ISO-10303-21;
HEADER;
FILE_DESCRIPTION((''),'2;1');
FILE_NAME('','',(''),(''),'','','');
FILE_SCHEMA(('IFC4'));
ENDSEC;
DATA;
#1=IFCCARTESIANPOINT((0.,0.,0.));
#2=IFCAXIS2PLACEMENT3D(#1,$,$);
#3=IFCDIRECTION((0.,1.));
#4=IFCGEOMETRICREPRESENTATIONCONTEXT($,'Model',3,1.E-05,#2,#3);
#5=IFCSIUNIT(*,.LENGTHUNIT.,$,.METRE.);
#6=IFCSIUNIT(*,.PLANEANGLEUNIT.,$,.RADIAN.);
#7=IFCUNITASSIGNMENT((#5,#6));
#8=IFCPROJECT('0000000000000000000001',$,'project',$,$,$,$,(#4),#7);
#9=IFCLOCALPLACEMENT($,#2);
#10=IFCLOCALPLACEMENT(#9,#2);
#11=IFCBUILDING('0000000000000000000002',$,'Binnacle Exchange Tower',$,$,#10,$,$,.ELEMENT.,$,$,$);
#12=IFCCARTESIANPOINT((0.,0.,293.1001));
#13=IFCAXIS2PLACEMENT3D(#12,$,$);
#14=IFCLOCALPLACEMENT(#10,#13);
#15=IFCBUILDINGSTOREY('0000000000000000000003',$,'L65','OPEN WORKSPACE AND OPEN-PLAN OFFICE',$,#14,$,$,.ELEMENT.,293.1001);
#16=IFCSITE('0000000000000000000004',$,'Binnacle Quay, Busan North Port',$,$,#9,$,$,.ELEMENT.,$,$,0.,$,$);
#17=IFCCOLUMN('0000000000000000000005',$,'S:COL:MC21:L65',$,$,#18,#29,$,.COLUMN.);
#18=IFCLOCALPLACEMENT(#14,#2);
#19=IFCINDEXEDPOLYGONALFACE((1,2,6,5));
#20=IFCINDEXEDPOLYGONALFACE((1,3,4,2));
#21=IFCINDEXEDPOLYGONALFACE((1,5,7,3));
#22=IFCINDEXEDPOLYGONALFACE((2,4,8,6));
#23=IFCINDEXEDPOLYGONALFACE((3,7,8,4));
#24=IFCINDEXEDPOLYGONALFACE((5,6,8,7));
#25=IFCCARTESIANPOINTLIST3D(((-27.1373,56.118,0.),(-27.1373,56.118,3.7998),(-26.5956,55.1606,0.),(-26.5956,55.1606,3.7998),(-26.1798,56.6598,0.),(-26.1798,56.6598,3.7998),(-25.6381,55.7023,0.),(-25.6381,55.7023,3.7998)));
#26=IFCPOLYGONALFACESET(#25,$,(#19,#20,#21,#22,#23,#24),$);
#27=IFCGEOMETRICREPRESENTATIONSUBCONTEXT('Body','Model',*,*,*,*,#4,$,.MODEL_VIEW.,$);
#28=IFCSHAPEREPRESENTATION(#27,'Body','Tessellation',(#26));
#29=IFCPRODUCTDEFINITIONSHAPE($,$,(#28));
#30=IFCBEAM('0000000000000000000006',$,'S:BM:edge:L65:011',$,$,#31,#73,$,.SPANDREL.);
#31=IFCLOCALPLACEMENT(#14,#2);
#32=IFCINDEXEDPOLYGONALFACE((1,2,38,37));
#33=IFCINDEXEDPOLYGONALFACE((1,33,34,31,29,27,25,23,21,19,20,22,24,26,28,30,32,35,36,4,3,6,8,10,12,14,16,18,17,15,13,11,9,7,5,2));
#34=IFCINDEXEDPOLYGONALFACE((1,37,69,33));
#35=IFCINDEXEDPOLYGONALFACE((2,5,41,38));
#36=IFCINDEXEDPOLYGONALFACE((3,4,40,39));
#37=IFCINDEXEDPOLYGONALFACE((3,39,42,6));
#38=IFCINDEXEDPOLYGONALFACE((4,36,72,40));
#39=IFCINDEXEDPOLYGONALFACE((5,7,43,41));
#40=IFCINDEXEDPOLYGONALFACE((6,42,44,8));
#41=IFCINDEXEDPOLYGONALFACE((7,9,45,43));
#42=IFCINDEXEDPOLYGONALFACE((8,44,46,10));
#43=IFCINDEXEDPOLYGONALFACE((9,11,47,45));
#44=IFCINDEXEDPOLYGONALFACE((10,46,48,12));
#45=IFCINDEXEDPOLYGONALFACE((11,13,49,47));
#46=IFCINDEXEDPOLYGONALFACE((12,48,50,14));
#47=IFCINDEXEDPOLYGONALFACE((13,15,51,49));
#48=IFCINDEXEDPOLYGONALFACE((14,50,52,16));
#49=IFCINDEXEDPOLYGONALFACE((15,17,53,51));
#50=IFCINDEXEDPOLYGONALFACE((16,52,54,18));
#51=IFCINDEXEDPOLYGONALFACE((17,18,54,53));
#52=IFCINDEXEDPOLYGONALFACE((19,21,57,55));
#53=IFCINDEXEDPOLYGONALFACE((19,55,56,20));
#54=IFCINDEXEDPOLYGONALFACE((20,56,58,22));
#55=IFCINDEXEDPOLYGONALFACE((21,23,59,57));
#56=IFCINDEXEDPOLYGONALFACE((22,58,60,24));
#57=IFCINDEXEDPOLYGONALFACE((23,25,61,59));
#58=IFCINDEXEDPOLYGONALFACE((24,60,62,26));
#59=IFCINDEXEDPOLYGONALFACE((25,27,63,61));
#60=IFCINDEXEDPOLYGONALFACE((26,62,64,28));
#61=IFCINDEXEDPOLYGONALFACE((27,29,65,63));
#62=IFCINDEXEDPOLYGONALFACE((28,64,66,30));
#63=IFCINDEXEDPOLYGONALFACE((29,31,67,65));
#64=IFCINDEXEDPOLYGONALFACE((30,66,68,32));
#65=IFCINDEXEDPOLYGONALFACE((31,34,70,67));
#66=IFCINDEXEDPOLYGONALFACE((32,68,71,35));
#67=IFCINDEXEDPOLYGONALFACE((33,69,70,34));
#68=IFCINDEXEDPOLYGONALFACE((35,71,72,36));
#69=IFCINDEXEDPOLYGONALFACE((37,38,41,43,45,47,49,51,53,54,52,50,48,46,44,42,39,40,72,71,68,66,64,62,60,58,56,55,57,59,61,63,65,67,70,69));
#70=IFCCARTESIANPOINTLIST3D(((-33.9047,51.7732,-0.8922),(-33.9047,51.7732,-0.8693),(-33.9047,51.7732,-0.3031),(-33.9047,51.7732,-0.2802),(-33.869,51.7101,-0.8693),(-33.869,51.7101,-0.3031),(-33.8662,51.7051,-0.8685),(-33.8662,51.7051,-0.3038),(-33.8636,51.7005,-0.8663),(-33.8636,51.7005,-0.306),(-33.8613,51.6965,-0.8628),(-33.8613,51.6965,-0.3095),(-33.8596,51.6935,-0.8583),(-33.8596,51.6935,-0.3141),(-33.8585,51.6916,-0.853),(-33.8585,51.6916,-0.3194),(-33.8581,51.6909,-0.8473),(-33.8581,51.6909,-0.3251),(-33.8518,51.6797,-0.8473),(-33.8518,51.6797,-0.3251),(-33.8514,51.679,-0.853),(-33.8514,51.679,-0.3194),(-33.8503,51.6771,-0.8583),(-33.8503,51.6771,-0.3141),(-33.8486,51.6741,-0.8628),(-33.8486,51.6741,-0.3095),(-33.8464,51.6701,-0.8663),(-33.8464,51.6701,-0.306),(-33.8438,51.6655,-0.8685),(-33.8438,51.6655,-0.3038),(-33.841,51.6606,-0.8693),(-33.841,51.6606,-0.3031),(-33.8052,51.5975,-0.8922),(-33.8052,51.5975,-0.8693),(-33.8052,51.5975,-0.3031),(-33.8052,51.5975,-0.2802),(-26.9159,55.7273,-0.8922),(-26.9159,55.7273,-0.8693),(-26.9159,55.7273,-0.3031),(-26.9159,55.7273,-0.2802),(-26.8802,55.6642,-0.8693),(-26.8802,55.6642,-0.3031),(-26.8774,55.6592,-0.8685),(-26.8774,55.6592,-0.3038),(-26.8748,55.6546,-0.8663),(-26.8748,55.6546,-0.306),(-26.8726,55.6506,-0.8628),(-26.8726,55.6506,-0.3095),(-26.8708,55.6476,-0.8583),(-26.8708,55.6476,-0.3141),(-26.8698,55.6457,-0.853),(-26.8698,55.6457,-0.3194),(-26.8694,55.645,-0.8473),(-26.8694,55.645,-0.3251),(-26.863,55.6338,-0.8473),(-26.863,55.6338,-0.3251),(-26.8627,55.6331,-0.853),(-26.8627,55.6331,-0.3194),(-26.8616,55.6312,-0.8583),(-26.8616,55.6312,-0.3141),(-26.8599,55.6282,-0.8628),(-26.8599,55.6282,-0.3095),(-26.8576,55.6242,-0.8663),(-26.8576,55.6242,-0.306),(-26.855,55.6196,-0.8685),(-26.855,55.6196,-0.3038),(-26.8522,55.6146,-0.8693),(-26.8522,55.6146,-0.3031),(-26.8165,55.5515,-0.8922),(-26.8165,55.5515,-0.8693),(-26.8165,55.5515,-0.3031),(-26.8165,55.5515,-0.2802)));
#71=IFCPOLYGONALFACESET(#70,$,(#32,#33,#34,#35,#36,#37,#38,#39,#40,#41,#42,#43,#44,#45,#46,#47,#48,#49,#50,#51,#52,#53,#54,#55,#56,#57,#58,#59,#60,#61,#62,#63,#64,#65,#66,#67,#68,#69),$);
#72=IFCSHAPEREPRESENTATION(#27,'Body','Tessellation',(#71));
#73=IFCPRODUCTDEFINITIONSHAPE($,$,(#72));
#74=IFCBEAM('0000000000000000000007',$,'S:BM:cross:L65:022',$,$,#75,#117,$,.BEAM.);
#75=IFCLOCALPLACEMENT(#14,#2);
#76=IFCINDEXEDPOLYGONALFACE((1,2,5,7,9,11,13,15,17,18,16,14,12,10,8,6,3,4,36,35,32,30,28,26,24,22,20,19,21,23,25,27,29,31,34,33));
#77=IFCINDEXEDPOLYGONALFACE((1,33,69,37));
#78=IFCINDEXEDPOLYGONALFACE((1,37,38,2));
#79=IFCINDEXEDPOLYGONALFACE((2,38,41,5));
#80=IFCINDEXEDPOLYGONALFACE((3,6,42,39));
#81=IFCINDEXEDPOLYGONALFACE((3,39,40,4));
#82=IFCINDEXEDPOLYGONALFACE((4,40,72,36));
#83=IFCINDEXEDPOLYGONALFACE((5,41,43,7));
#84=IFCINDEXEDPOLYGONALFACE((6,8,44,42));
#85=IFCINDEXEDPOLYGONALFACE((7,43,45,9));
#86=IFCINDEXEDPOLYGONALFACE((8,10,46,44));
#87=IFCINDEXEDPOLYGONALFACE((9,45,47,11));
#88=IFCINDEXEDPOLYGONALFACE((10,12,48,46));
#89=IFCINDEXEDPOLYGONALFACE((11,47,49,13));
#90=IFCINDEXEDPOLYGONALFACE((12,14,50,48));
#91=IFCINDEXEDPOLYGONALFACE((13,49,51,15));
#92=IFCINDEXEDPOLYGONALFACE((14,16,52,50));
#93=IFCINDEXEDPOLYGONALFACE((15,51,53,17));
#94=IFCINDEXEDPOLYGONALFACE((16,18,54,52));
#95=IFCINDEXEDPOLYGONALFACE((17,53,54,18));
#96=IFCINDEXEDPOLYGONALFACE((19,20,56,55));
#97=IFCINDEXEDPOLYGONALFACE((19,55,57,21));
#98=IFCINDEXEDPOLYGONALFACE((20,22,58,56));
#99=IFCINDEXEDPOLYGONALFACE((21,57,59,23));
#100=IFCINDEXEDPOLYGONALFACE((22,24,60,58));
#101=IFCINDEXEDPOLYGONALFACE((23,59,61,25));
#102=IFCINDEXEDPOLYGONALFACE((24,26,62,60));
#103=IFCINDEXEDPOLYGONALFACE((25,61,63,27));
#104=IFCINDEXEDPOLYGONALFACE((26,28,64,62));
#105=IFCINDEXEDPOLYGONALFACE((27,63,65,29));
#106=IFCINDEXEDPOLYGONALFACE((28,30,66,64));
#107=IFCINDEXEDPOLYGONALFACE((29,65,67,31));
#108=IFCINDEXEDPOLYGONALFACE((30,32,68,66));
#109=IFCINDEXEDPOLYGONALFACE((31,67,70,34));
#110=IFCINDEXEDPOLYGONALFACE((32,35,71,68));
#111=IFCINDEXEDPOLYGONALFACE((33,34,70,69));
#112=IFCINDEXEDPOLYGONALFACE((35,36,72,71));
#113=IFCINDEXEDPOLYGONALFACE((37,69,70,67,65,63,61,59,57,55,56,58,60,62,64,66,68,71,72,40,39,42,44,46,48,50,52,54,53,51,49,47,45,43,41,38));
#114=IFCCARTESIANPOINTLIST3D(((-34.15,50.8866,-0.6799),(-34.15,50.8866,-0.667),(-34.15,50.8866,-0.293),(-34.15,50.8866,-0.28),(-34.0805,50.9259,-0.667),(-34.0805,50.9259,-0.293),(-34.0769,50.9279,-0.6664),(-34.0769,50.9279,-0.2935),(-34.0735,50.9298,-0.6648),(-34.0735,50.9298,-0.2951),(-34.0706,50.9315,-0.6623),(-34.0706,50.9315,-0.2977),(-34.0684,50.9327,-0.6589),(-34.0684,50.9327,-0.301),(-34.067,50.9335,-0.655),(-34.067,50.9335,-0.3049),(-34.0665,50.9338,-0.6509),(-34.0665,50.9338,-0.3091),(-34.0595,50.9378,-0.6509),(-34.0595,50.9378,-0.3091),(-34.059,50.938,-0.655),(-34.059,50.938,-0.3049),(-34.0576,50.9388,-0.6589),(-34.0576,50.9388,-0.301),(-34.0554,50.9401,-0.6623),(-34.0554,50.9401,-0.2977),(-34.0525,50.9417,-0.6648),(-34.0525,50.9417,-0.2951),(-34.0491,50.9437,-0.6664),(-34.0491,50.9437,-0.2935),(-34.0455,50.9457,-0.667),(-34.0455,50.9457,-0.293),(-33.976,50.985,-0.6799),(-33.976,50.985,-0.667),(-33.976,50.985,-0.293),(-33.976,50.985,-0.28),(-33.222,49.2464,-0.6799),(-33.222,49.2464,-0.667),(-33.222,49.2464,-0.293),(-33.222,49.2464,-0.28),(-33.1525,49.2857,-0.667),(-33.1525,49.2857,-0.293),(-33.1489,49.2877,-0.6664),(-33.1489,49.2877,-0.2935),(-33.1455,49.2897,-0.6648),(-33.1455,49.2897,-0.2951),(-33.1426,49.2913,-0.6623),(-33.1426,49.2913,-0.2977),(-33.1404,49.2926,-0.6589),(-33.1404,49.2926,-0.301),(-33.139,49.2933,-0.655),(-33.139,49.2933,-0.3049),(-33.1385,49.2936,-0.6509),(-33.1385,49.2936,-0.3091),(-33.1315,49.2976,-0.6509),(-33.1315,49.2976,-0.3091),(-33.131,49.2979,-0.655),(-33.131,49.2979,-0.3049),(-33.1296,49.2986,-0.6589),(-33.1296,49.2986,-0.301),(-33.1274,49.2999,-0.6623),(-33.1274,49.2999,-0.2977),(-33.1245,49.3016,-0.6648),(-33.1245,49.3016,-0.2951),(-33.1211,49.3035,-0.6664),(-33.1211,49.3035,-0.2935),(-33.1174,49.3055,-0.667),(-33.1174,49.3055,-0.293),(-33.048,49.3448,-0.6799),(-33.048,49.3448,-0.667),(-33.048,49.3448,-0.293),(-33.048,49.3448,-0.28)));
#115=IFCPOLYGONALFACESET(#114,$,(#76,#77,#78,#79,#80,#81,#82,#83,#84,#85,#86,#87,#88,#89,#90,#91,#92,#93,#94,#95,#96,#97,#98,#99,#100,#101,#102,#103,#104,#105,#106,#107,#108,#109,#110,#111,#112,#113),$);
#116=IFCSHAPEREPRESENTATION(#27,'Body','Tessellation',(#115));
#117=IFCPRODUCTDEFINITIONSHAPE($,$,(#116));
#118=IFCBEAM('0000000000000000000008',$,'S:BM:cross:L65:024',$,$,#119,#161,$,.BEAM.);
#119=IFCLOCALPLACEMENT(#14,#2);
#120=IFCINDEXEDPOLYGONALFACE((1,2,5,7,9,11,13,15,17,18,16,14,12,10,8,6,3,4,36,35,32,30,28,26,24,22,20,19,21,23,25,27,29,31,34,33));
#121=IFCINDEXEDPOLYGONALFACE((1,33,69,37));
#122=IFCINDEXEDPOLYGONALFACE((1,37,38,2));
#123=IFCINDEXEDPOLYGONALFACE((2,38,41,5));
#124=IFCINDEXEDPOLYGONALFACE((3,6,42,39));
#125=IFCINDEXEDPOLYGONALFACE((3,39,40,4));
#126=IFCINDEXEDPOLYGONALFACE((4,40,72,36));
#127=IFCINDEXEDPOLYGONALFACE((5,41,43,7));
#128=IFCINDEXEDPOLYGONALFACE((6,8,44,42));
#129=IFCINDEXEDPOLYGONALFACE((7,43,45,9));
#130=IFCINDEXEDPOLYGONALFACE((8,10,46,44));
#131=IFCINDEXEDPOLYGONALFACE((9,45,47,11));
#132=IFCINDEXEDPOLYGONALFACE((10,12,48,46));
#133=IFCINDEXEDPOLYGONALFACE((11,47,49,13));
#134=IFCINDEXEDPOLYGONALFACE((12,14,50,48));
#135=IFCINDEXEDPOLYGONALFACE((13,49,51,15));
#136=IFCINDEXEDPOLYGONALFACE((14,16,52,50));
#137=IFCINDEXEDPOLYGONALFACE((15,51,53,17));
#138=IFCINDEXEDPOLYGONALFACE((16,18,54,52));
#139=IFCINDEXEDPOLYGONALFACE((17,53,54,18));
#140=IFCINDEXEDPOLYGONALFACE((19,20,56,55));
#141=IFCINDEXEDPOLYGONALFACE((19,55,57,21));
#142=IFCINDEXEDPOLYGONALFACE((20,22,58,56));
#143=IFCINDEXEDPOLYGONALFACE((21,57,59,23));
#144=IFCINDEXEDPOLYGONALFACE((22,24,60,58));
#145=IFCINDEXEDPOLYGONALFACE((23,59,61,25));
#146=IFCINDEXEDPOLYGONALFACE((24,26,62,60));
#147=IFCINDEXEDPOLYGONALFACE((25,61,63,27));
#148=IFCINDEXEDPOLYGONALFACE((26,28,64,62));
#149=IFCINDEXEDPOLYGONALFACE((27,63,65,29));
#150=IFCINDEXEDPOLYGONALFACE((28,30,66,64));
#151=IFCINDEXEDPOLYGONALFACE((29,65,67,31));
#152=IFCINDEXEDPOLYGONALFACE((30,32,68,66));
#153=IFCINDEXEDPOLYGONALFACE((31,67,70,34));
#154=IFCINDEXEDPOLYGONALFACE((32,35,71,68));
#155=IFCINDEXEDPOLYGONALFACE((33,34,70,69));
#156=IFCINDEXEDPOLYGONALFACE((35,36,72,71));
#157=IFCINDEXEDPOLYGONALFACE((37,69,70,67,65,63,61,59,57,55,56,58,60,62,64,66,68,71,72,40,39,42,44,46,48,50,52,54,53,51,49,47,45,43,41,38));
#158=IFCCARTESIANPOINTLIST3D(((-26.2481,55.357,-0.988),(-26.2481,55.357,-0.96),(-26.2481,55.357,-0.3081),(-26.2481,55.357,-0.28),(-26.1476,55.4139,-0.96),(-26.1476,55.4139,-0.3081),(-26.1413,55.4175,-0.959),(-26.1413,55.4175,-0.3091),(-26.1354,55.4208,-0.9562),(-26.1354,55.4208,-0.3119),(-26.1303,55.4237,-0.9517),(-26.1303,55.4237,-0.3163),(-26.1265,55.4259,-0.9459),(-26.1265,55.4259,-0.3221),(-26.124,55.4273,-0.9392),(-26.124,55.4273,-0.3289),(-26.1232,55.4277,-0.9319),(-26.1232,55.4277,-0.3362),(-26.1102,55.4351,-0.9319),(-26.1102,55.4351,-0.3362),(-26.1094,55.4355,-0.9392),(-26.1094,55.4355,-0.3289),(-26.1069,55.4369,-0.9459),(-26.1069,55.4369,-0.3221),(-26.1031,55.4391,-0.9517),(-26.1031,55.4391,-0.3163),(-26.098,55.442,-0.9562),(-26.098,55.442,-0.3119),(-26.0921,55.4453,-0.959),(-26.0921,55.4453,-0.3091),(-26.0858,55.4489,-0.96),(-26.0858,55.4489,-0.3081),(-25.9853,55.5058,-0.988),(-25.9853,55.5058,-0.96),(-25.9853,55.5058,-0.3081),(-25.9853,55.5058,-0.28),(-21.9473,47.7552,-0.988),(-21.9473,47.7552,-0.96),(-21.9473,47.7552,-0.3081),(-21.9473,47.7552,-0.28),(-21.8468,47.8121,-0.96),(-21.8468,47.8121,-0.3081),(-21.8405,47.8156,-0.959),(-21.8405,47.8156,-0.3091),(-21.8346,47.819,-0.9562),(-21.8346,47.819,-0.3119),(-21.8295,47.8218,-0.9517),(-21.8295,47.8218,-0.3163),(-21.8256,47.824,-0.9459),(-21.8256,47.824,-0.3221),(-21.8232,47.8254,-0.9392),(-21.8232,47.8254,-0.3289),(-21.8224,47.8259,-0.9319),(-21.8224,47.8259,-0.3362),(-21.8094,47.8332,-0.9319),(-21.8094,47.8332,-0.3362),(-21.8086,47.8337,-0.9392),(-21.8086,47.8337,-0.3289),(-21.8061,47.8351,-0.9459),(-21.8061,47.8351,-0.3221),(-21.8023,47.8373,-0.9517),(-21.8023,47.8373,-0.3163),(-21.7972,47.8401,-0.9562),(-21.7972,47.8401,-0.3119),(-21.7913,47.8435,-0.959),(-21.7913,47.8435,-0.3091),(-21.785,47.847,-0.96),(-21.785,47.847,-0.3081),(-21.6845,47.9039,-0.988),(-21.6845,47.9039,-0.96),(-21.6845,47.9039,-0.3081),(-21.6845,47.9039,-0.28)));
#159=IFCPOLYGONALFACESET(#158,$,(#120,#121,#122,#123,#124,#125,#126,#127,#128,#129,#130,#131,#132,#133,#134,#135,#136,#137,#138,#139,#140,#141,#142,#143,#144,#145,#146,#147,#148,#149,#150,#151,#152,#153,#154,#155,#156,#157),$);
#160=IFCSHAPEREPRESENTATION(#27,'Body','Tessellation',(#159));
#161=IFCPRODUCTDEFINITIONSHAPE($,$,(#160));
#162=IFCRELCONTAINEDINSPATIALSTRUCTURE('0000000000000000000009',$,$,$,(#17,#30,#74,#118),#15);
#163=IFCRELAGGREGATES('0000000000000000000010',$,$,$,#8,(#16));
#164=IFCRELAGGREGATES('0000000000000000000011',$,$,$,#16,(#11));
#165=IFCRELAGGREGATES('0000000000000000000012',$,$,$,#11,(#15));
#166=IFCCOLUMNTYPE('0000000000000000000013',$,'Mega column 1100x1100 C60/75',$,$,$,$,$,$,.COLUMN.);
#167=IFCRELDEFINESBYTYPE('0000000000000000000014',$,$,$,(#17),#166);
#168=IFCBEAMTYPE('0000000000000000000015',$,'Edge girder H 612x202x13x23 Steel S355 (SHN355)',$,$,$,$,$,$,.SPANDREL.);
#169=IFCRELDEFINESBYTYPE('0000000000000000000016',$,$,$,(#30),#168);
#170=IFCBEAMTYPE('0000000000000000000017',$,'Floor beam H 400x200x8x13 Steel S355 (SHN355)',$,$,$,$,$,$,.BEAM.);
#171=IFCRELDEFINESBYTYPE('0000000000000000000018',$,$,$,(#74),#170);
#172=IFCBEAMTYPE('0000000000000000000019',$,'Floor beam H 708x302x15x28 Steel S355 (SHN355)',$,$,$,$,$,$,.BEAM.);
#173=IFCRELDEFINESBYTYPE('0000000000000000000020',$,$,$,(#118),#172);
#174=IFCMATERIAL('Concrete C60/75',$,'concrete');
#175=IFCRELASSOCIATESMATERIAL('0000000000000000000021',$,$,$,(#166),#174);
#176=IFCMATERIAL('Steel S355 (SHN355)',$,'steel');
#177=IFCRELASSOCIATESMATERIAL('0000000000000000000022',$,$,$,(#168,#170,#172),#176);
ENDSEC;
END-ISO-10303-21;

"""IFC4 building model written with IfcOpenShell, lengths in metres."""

from ifc_helpers import new_model, si_unit, direction, frame, origin, origin_2d, place, context, subcontext, project, spatial, rectangle, i_section, extrude, material, material_profile, profile_set, type_object, element, save


model = new_model("IFC4")

# Units and contexts
model_context = context("Model", 3, precision=1e-05, world=origin(), true_north=direction((0.0, 1.0)))
body_context = subcontext(model_context, "Body", "Model", "MODEL_VIEW")
ifc_project = project(units=[si_unit("LENGTHUNIT", "METRE"), si_unit("PLANEANGLEUNIT", "RADIAN")], contexts=[model_context])

# Site, building, storey
site_placement = place(None, origin())
site = spatial("IfcSite", under=ifc_project, at=site_placement, Name="Binnacle Quay, Busan North Port", CompositionType="ELEMENT", RefElevation=0.0)
building_placement = place(site_placement, origin())
building = spatial("IfcBuilding", under=site, at=building_placement, Name="Binnacle Exchange Tower", CompositionType="ELEMENT")
storey_placement = place(building_placement, frame((0.0, 0.0, 293.1001)))
storey = spatial("IfcBuildingStorey", under=building, at=storey_placement, Name="L65", Description="OPEN WORKSPACE AND OPEN-PLAN OFFICE", CompositionType="ELEMENT", Elevation=293.1001)

# Column
ifc_material_1 = material(Name="Concrete C60/75", Category="concrete")
ifc_material_profile_1 = material_profile(ifc_material_1, rectangle(XDim=1.1001, YDim=1.1001, at=origin_2d()), Name="Mega column 1100x1100 C60/75")
ifc_profile_set_1 = profile_set([ifc_material_profile_1], Name="Concrete C60/75")
column_type = type_object("IfcColumnType", Name="Mega column 1100x1100 C60/75", PredefinedType="COLUMN", material=ifc_profile_set_1)
column_placement = place(storey_placement, frame((-26.3877, 55.9102, 0.0), z_axis=(0.0, 0.0, 1.0), x_axis=(-0.870356, -0.492424, 0.0)))
element("IfcColumn", 1, at=column_placement, inside=storey, type_object=column_type, Name="S:COL:MC21:L65", PredefinedType="COLUMN", context=body_context, shape_type="SweptSolid", body=[
    extrude(rectangle(XDim=1.1001, YDim=1.1001, at=origin_2d()), origin(), (0.0, 0.0, 1.0), 3.7998),
])

# Beams
ifc_material_2 = material(Name="Steel S355 (SHN355)", Category="steel")
ifc_material_profile_2 = material_profile(ifc_material_2, i_section(OverallWidth=0.2019, OverallDepth=0.6121, WebThickness=0.0129, FlangeThickness=0.0229, FilletRadius=0.022, at=origin_2d()), Name="H 612x202x13x23")
ifc_profile_set_2 = profile_set([ifc_material_profile_2], Name="Steel S355 (SHN355)")
beam_type_1 = type_object("IfcBeamType", Name="Edge girder H 612x202x13x23 Steel S355 (SHN355)", PredefinedType="SPANDREL", material=ifc_profile_set_2)
beam_1_placement = place(storey_placement, frame((-26.8662, 55.6394, -0.5862), z_axis=(-0.870353, -0.492428, 0.0), x_axis=(0.492428, -0.870353, 0.0)))
element("IfcBeam", 2, at=beam_1_placement, inside=storey, type_object=beam_type_1, Name="S:BM:edge:L65:011", PredefinedType="SPANDREL", context=body_context, shape_type="SweptSolid", body=[
    extrude(i_section(OverallWidth=0.2019, OverallDepth=0.6121, WebThickness=0.0129, FlangeThickness=0.0229, FilletRadius=0.022, at=origin_2d()), origin(), (0.0, 0.0, 1.0), 8.0298),
])
ifc_material_profile_3 = material_profile(ifc_material_2, i_section(OverallWidth=0.2, OverallDepth=0.3999, WebThickness=0.0081, FlangeThickness=0.0129, FilletRadius=0.0161, at=origin_2d()), Name="H 400x200x8x13")
ifc_profile_set_3 = profile_set([ifc_material_profile_3], Name="Steel S355 (SHN355)")
beam_type_2 = type_object("IfcBeamType", Name="Floor beam H 400x200x8x13 Steel S355 (SHN355)", PredefinedType="BEAM", material=ifc_profile_set_3)
beam_2_placement = place(storey_placement, frame((-34.063, 50.9358, -0.48), z_axis=(0.492437, -0.870348, 0.0), x_axis=(0.870348, 0.492437, 0.0)))
element("IfcBeam", 3, at=beam_2_placement, inside=storey, type_object=beam_type_2, Name="S:BM:cross:L65:022", PredefinedType="BEAM", context=body_context, shape_type="SweptSolid", body=[
    extrude(i_section(OverallWidth=0.2, OverallDepth=0.3999, WebThickness=0.0081, FlangeThickness=0.0129, FilletRadius=0.0161, at=origin_2d()), origin(), (0.0, 0.0, 1.0), 1.8845),
])
ifc_material_profile_4 = material_profile(ifc_material_2, i_section(OverallWidth=0.302, OverallDepth=0.708, WebThickness=0.0149, FlangeThickness=0.0281, FilletRadius=0.0281, at=origin_2d()), Name="H 708x302x15x28")
ifc_profile_set_4 = profile_set([ifc_material_profile_4], Name="Steel S355 (SHN355)")
beam_type_3 = type_object("IfcBeamType", Name="Floor beam H 708x302x15x28 Steel S355 (SHN355)", PredefinedType="BEAM", material=ifc_profile_set_4)
beam_3_placement = place(storey_placement, frame((-26.1167, 55.4314, -0.634), z_axis=(0.492414, -0.870361, 0.0), x_axis=(0.870361, 0.492414, 0.0)))
element("IfcBeam", 4, at=beam_3_placement, inside=storey, type_object=beam_type_3, Name="S:BM:cross:L65:024", PredefinedType="BEAM", context=body_context, shape_type="SweptSolid", body=[
    extrude(i_section(OverallWidth=0.302, OverallDepth=0.708, WebThickness=0.0149, FlangeThickness=0.0281, FilletRadius=0.0281, at=origin_2d()), origin(), (0.0, 0.0, 1.0), 8.7341),
])

save(model, "model.ifc")
